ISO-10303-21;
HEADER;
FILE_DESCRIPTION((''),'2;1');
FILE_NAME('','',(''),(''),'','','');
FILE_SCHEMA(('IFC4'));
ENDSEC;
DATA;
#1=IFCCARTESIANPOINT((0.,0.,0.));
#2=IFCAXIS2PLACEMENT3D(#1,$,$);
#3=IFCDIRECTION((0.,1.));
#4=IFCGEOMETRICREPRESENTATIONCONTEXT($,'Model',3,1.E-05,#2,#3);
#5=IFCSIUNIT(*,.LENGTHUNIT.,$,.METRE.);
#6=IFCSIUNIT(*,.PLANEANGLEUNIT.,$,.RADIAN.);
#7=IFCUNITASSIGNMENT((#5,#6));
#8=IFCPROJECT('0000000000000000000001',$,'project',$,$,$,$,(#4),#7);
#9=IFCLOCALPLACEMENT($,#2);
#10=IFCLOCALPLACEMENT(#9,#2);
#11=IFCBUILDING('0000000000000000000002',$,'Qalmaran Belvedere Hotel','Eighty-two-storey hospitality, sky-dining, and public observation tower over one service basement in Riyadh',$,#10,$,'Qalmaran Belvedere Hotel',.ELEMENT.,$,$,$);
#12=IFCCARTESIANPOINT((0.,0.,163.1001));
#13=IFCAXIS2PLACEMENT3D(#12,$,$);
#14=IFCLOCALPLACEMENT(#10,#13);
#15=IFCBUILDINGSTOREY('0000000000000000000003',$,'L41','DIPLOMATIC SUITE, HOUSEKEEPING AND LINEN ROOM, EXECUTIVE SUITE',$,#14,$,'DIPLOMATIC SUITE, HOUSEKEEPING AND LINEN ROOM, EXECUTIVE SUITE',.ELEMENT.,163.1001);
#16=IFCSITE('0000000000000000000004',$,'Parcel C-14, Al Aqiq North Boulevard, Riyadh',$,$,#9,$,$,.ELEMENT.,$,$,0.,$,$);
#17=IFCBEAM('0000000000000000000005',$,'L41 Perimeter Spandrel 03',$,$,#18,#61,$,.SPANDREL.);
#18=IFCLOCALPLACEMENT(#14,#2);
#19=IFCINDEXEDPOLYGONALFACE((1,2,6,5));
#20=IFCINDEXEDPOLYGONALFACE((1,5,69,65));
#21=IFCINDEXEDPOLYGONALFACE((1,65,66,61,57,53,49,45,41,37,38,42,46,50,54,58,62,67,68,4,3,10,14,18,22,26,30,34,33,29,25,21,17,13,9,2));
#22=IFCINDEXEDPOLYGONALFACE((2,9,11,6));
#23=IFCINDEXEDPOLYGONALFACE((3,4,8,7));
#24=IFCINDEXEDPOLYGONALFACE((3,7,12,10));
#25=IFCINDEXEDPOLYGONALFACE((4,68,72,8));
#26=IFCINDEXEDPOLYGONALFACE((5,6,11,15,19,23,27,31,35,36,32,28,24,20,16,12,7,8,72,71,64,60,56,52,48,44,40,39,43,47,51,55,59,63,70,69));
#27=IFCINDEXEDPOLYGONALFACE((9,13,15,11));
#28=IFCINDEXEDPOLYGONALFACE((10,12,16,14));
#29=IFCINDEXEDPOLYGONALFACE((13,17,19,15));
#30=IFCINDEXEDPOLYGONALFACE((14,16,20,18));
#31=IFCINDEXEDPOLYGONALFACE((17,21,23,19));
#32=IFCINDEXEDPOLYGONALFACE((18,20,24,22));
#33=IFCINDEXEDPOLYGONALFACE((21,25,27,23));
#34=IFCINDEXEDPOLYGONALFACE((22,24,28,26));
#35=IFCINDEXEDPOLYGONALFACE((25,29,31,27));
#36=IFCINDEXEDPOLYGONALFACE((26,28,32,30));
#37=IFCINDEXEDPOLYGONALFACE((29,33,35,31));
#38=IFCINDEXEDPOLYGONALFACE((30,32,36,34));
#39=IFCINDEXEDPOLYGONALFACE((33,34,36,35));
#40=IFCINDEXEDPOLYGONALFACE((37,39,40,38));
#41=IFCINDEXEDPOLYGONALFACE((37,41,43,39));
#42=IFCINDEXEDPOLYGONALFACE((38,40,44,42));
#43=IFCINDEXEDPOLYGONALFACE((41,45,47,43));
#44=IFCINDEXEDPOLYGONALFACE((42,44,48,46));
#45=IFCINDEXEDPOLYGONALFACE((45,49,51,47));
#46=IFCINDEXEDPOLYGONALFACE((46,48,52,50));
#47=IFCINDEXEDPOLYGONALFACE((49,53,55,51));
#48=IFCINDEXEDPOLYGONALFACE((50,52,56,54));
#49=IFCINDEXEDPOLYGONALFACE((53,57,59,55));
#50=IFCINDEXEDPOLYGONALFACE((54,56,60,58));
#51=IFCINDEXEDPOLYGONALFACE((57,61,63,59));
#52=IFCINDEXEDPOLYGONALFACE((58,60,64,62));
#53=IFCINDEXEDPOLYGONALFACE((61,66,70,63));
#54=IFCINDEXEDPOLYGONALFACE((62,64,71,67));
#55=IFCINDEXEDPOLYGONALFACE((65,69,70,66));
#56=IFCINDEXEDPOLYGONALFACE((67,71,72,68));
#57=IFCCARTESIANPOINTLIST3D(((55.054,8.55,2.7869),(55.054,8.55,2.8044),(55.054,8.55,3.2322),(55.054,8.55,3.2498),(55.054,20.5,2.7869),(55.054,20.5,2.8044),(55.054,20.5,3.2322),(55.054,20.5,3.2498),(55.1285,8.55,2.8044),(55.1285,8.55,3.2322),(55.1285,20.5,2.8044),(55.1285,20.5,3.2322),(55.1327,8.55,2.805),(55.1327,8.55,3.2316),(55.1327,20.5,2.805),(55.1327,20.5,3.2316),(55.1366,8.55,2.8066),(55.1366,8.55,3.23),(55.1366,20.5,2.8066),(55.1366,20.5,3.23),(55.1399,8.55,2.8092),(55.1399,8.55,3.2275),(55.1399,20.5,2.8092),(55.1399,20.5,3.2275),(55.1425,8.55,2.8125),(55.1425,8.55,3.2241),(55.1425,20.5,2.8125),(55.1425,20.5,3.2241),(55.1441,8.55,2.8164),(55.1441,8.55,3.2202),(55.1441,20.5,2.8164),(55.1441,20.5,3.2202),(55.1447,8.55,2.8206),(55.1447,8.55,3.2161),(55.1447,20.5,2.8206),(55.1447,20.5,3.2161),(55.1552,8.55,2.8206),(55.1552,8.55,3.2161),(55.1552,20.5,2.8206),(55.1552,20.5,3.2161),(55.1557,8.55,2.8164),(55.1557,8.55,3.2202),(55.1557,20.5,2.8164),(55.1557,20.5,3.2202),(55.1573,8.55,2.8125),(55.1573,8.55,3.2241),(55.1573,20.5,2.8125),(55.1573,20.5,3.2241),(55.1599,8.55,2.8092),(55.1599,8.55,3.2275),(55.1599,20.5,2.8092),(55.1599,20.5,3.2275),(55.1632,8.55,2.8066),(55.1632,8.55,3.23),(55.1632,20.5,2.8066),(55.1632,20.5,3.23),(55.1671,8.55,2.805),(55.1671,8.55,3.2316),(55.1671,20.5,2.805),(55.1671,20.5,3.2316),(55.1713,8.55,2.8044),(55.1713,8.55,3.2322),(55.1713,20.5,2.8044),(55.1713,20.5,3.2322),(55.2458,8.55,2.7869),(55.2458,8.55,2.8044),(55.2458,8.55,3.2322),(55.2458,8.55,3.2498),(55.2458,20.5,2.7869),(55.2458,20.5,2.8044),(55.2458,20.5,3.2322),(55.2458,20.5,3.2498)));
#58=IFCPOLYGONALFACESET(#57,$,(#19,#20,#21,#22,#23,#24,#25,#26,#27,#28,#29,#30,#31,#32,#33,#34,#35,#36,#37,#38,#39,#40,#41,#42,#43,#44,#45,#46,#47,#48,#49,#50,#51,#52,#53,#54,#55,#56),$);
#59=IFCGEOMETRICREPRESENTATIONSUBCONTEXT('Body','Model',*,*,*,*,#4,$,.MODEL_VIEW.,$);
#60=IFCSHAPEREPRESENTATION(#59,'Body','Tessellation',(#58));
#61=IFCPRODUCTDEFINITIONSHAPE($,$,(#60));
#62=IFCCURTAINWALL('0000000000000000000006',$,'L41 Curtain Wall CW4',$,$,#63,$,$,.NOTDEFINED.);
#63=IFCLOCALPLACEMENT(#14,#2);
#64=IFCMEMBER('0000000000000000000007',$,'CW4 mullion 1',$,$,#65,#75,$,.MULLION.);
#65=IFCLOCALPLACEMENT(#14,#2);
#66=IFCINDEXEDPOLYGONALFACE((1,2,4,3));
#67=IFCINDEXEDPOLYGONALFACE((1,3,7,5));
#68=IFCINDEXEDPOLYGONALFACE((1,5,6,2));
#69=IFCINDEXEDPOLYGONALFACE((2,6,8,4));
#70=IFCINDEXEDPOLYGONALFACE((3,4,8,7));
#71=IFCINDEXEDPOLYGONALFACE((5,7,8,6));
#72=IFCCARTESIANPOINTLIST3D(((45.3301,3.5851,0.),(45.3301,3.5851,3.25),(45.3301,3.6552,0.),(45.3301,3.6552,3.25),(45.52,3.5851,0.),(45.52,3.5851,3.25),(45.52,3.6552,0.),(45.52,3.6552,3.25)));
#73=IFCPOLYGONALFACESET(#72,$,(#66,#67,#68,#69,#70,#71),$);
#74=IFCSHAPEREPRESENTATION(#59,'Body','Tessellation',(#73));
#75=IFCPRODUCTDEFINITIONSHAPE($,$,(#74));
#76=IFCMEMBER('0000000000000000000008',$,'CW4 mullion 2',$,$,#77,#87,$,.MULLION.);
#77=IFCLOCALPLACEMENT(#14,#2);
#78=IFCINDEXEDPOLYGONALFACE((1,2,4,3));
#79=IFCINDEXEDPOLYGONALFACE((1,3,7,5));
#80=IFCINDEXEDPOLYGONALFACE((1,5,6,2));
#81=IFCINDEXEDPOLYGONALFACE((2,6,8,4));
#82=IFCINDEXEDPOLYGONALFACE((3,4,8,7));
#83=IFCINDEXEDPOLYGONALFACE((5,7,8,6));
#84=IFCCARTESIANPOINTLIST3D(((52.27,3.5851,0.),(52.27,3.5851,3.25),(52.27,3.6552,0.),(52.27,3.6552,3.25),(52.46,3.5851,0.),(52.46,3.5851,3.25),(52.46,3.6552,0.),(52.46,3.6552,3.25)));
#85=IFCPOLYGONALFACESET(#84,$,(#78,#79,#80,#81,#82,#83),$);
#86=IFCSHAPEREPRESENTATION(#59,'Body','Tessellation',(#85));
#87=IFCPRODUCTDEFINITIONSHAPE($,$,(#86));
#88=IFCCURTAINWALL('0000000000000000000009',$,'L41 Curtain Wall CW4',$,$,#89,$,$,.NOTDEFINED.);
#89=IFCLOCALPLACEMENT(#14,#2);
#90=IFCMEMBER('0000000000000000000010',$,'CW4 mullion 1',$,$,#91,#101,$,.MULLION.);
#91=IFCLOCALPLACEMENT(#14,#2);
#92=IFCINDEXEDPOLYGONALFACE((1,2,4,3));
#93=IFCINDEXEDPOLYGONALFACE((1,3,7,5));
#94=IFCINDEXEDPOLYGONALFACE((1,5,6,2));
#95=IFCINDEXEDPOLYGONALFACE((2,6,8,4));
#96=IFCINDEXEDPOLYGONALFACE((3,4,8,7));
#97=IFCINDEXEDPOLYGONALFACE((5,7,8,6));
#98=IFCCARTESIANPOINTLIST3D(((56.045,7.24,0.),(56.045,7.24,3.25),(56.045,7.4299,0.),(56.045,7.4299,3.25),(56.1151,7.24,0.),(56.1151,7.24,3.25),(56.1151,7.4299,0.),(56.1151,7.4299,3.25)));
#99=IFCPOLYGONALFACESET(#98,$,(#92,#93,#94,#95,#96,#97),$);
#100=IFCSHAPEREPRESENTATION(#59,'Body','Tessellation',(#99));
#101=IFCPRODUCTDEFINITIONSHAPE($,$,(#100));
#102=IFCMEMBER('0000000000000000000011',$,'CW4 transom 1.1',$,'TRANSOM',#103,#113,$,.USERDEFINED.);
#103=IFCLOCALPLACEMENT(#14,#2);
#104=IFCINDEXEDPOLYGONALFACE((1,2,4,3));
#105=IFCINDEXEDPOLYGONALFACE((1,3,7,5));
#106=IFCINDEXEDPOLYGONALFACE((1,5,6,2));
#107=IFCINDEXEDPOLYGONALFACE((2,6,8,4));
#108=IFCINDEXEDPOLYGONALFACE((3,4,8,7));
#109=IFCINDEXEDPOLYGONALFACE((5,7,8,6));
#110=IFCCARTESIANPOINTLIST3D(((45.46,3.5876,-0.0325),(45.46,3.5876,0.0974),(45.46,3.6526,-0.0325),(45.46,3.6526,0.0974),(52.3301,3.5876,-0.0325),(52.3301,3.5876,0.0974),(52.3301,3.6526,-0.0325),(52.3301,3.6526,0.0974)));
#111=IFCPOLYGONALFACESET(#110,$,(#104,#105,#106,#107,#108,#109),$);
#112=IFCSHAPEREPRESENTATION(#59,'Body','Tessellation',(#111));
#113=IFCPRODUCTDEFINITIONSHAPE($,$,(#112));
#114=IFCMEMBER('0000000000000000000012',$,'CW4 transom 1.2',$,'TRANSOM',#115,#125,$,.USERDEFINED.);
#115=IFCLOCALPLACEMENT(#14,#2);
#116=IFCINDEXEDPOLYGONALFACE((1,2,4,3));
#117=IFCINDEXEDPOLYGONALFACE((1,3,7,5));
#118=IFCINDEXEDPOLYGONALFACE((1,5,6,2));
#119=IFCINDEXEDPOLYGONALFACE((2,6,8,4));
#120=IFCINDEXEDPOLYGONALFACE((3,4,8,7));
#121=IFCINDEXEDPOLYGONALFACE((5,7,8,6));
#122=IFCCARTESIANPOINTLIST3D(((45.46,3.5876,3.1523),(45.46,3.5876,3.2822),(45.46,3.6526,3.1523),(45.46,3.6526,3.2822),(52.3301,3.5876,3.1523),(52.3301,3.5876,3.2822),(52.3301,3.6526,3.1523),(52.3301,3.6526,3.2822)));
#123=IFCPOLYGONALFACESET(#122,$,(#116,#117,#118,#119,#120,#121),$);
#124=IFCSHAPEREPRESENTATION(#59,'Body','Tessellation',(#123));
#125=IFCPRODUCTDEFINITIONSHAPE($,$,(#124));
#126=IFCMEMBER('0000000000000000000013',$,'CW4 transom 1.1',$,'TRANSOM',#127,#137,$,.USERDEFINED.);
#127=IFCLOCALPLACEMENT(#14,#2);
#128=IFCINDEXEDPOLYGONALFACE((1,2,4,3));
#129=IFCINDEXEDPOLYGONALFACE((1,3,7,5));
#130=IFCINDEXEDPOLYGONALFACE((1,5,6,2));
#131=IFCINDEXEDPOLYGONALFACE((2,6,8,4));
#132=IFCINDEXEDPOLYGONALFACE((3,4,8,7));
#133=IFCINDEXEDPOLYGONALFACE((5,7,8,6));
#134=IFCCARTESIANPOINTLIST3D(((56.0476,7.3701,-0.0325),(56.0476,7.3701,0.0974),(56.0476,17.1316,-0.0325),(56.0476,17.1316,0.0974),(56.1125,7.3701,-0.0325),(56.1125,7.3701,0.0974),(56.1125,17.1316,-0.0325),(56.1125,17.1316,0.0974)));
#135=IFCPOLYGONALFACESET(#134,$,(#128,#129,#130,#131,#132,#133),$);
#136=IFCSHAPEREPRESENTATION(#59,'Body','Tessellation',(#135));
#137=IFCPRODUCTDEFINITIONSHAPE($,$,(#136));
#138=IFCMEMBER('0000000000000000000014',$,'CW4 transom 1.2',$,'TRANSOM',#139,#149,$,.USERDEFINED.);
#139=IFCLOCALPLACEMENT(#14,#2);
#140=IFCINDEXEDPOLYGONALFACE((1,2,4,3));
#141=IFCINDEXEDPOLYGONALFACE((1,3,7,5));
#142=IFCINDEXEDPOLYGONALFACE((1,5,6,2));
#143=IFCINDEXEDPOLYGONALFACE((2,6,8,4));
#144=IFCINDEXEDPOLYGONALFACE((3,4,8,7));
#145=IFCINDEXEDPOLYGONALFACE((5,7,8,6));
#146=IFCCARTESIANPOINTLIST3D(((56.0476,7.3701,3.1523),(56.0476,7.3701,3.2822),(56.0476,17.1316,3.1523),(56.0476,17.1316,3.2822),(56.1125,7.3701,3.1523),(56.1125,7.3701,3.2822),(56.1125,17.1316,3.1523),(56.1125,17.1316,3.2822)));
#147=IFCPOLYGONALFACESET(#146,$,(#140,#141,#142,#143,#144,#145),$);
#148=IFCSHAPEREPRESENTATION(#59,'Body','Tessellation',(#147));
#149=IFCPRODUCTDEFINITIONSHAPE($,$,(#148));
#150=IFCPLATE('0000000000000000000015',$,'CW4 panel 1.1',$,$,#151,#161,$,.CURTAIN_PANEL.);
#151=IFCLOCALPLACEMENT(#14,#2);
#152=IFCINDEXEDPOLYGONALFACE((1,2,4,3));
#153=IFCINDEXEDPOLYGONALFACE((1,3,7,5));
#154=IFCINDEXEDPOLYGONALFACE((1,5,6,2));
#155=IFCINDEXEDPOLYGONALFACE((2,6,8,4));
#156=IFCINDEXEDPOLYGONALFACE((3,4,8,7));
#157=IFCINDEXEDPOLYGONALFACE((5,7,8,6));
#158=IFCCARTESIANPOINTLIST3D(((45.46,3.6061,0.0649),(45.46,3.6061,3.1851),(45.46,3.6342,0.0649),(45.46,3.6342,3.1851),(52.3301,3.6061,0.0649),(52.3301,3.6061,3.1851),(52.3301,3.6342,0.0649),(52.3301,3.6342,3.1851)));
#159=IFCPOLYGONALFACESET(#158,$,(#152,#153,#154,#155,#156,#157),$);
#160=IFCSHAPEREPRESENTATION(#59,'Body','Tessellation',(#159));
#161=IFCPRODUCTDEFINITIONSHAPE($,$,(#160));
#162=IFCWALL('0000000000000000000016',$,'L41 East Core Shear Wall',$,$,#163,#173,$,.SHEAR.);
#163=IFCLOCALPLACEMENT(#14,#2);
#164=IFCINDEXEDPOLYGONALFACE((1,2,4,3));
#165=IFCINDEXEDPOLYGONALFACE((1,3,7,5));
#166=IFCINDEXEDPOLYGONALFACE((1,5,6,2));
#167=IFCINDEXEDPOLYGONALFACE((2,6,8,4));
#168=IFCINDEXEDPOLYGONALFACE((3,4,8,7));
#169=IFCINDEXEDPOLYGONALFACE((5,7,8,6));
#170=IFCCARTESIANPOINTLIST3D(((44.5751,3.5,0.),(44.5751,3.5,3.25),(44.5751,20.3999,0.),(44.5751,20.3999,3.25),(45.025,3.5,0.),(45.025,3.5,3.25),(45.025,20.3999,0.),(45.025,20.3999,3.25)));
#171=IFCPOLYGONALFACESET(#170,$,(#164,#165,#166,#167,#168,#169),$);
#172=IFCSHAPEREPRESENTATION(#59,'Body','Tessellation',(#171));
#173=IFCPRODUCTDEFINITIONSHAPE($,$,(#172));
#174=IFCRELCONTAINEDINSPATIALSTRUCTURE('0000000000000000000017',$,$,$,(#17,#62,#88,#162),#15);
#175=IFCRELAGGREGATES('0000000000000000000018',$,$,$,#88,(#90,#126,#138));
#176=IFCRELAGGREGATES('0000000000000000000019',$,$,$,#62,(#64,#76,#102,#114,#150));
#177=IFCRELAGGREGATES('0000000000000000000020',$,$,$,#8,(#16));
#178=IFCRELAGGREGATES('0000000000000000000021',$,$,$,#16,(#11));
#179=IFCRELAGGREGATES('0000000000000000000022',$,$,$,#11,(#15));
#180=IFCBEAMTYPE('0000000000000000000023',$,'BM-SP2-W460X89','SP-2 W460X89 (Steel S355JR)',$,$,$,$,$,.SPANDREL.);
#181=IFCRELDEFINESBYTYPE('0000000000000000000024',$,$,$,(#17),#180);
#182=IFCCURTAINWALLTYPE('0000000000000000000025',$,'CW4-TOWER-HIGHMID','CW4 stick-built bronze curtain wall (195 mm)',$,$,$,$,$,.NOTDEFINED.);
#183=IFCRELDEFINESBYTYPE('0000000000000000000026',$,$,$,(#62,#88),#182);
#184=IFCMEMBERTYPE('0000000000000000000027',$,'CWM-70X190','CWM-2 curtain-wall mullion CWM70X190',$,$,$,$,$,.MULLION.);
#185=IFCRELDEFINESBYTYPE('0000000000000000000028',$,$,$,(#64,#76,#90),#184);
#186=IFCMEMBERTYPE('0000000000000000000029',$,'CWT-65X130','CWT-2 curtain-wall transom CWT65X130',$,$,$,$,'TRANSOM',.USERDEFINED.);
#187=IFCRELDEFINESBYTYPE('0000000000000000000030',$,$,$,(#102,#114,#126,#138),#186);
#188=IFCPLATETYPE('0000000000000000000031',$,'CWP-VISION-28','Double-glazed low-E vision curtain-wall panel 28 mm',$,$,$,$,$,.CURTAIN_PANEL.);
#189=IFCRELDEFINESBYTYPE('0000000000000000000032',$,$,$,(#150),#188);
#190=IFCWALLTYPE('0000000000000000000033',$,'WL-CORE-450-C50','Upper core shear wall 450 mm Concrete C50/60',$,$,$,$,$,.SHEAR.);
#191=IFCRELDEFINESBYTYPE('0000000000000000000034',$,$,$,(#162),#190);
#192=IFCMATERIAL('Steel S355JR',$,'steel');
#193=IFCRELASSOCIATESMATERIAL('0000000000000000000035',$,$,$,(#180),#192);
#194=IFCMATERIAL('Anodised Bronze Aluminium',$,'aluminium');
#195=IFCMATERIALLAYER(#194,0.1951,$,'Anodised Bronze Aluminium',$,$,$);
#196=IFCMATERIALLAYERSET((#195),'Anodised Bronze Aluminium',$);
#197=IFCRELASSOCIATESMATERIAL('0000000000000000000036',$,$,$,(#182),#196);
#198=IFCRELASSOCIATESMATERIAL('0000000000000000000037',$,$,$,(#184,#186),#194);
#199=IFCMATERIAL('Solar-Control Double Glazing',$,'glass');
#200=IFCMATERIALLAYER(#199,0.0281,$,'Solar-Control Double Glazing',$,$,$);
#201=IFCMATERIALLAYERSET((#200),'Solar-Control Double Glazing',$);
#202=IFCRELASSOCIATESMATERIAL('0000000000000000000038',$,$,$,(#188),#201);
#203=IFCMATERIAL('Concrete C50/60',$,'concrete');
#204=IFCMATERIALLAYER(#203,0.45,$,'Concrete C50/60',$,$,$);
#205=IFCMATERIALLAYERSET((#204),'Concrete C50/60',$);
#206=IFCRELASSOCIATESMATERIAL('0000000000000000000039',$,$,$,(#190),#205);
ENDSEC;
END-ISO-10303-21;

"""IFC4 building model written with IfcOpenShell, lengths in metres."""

from ifc_helpers import new_model, si_unit, direction, frame, frame_2d, origin, origin_2d, place, context, subcontext, project, spatial, rectangle, i_section, extrude, material, layer, layer_set, material_profile, profile_set, type_object, element, aggregate, save


model = new_model("IFC4")

# Units and contexts
model_context = context("Model", 3, precision=1e-05, world=origin(), true_north=direction((0.0, 1.0)))
body_context = subcontext(model_context, "Body", "Model", "MODEL_VIEW")
ifc_project = project(units=[si_unit("LENGTHUNIT", "METRE"), si_unit("PLANEANGLEUNIT", "RADIAN")], contexts=[model_context])

# Site, building, storey
site_placement = place(None, origin())
site = spatial("IfcSite", under=ifc_project, at=site_placement, Name="Parcel C-14, Al Aqiq North Boulevard, Riyadh", CompositionType="ELEMENT", RefElevation=0.0)
building_placement = place(site_placement, origin())
building = spatial("IfcBuilding", under=site, at=building_placement, Name="Qalmaran Belvedere Hotel", Description="Eighty-two-storey hospitality, sky-dining, and public observation tower over one service basement in Riyadh", LongName="Qalmaran Belvedere Hotel", CompositionType="ELEMENT")
storey_placement = place(building_placement, frame((0.0, 0.0, 163.1001)))
storey = spatial("IfcBuildingStorey", under=building, at=storey_placement, Name="L41", Description="DIPLOMATIC SUITE, HOUSEKEEPING AND LINEN ROOM, EXECUTIVE SUITE", LongName="DIPLOMATIC SUITE, HOUSEKEEPING AND LINEN ROOM, EXECUTIVE SUITE", CompositionType="ELEMENT", Elevation=163.1001)

# Shared definitions
ifc_material_1 = material(Name="Concrete C50/60", Category="concrete")

# Beam
ifc_material_2 = material(Name="Steel S355JR", Category="steel")
ifc_material_profile_1 = material_profile(ifc_material_2, i_section(OverallWidth=0.1919, OverallDepth=0.4629, WebThickness=0.0105, FlangeThickness=0.0176, FilletRadius=0.0161, at=origin_2d()), Name="W460X89")
ifc_profile_set_1 = profile_set([ifc_material_profile_1], Name="Steel S355JR")
beam_type_1 = type_object("IfcBeamType", Name="BM-SP2-W460X89", Description="SP-2 W460X89 (Steel S355JR)", PredefinedType="SPANDREL", material=ifc_profile_set_1)
beam_1_placement = place(storey_placement, frame((55.1499, 8.55, 3.0183), z_axis=(0.0, 1.0, 0.0), x_axis=(-1.0, 0.0, 0.0)))
element("IfcBeam", 1, at=beam_1_placement, inside=storey, type_object=beam_type_1, Name="L41 Perimeter Spandrel 03", PredefinedType="SPANDREL", context=body_context, shape_type="SweptSolid", body=[
    extrude(i_section(OverallWidth=0.1919, OverallDepth=0.4629, WebThickness=0.0105, FlangeThickness=0.0176, FilletRadius=0.0161, at=origin_2d()), origin(), (0.0, 0.0, 1.0), 11.95),
])

# Curtain wall, members
ifc_material_3 = material(Name="Anodised Bronze Aluminium", Category="aluminium")
ifc_layer_1 = layer(ifc_material_3, 0.1951, Name="Anodised Bronze Aluminium")
ifc_layer_set_1 = layer_set([ifc_layer_1], Name="Anodised Bronze Aluminium")
curtain_wall_type = type_object("IfcCurtainWallType", Name="CW4-TOWER-HIGHMID", Description="CW4 stick-built bronze curtain wall (195 mm)", PredefinedType="NOTDEFINED", material=ifc_layer_set_1)
curtain_wall_1_placement = place(storey_placement, origin())
curtain_wall_1 = element("IfcCurtainWall", 2, at=curtain_wall_1_placement, inside=storey, type_object=curtain_wall_type, Name="L41 Curtain Wall CW4", PredefinedType="NOTDEFINED")
ifc_material_profile_2 = material_profile(ifc_material_3, rectangle(XDim=0.0701, YDim=0.1899, at=origin_2d()), Name="CWM70X190")
ifc_profile_set_2 = profile_set([ifc_material_profile_2], Name="Anodised Bronze Aluminium")
member_type_1 = type_object("IfcMemberType", Name="CWM-70X190", Description="CWM-2 curtain-wall mullion CWM70X190", PredefinedType="MULLION", material=ifc_profile_set_2)
member_1_placement = place(storey_placement, frame((45.425, 3.6201, 0.0), z_axis=(0.0, 0.0, 1.0), x_axis=(0.0, 1.0, 0.0)))
member_1 = element("IfcMember", 3, at=member_1_placement, type_object=member_type_1, Name="CW4 mullion 1", PredefinedType="MULLION", context=body_context, shape_type="SweptSolid", body=[
    extrude(rectangle(XDim=0.0701, YDim=0.1899, at=origin_2d()), origin(), (0.0, 0.0, 1.0), 3.25),
])
member_2_placement = place(storey_placement, frame((52.365, 3.6201, 0.0), z_axis=(0.0, 0.0, 1.0), x_axis=(0.0, 1.0, 0.0)))
member_2 = element("IfcMember", 4, at=member_2_placement, type_object=member_type_1, Name="CW4 mullion 2", PredefinedType="MULLION", context=body_context, shape_type="SweptSolid", body=[
    extrude(rectangle(XDim=0.0701, YDim=0.1899, at=origin_2d()), origin(), (0.0, 0.0, 1.0), 3.25),
])

# Curtain wall, member
curtain_wall_2_placement = place(storey_placement, origin())
curtain_wall_2 = element("IfcCurtainWall", 5, at=curtain_wall_2_placement, inside=storey, type_object=curtain_wall_type, Name="L41 Curtain Wall CW4", PredefinedType="NOTDEFINED")
member_3_placement = place(storey_placement, frame((56.0801, 7.335, 0.0), z_axis=(0.0, 0.0, 1.0), x_axis=(-1.0, 0.0, 0.0)))
member_3 = element("IfcMember", 6, at=member_3_placement, type_object=member_type_1, Name="CW4 mullion 1", PredefinedType="MULLION", context=body_context, shape_type="SweptSolid", body=[
    extrude(rectangle(XDim=0.0701, YDim=0.1899, at=origin_2d()), origin(), (0.0, 0.0, 1.0), 3.25),
])

# Members
ifc_material_profile_3 = material_profile(ifc_material_3, rectangle(XDim=0.0649, YDim=0.1299, at=origin_2d()), Name="CWT65X130")
ifc_profile_set_3 = profile_set([ifc_material_profile_3], Name="Anodised Bronze Aluminium")
member_type_2 = type_object("IfcMemberType", Name="CWT-65X130", Description="CWT-2 curtain-wall transom CWT65X130", ElementType="TRANSOM", PredefinedType="USERDEFINED", material=ifc_profile_set_3)
member_4_placement = place(storey_placement, frame((45.46, 3.6201, 0.0325), z_axis=(1.0, 0.0, 0.0), x_axis=(0.0, 1.0, 0.0)))
member_4 = element("IfcMember", 7, at=member_4_placement, type_object=member_type_2, Name="CW4 transom 1.1", ObjectType="TRANSOM", PredefinedType="USERDEFINED", context=body_context, shape_type="SweptSolid", body=[
    extrude(rectangle(XDim=0.0649, YDim=0.1299, at=origin_2d()), origin(), (0.0, 0.0, 1.0), 6.8701),
])
member_5_placement = place(storey_placement, frame((45.46, 3.6201, 3.2173), z_axis=(1.0, 0.0, 0.0), x_axis=(0.0, 1.0, 0.0)))
member_5 = element("IfcMember", 8, at=member_5_placement, type_object=member_type_2, Name="CW4 transom 1.2", ObjectType="TRANSOM", PredefinedType="USERDEFINED", context=body_context, shape_type="SweptSolid", body=[
    extrude(rectangle(XDim=0.0649, YDim=0.1299, at=origin_2d()), origin(), (0.0, 0.0, 1.0), 6.8701),
])
member_6_placement = place(storey_placement, frame((56.0801, 7.3701, 0.0325), z_axis=(0.0, 1.0, 0.0), x_axis=(-1.0, 0.0, 0.0)))
member_6 = element("IfcMember", 9, at=member_6_placement, type_object=member_type_2, Name="CW4 transom 1.1", ObjectType="TRANSOM", PredefinedType="USERDEFINED", context=body_context, shape_type="SweptSolid", body=[
    extrude(rectangle(XDim=0.0649, YDim=0.1299, at=origin_2d()), origin(), (0.0, 0.0, 1.0), 9.7615),
])
member_7_placement = place(storey_placement, frame((56.0801, 7.3701, 3.2173), z_axis=(0.0, 1.0, 0.0), x_axis=(-1.0, 0.0, 0.0)))
member_7 = element("IfcMember", 10, at=member_7_placement, type_object=member_type_2, Name="CW4 transom 1.2", ObjectType="TRANSOM", PredefinedType="USERDEFINED", context=body_context, shape_type="SweptSolid", body=[
    extrude(rectangle(XDim=0.0649, YDim=0.1299, at=origin_2d()), origin(), (0.0, 0.0, 1.0), 9.7615),
])
aggregate(curtain_wall_2, [member_3, member_6, member_7])

# Plate
ifc_material_4 = material(Name="Solar-Control Double Glazing", Category="glass")
ifc_layer_2 = layer(ifc_material_4, 0.0281, Name="Solar-Control Double Glazing")
ifc_layer_set_2 = layer_set([ifc_layer_2], Name="Solar-Control Double Glazing")
plate_type = type_object("IfcPlateType", Name="CWP-VISION-28", Description="Double-glazed low-E vision curtain-wall panel 28 mm", PredefinedType="CURTAIN_PANEL", material=ifc_layer_set_2)
plate_placement = place(storey_placement, frame((48.895, 3.6201, 0.0649), z_axis=(0.0, 0.0, 1.0), x_axis=(1.0, 0.0, 0.0)))
plate = element("IfcPlate", 11, at=plate_placement, type_object=plate_type, Name="CW4 panel 1.1", PredefinedType="CURTAIN_PANEL", context=body_context, shape_type="SweptSolid", body=[
    extrude(rectangle(XDim=6.8701, YDim=0.0281, at=origin_2d()), origin(), (0.0, 0.0, 1.0), 3.1201),
])
aggregate(curtain_wall_1, [member_1, member_2, member_4, member_5, plate])

# Wall
ifc_layer_3 = layer(ifc_material_1, 0.45, Name="Concrete C50/60")
ifc_layer_set_3 = layer_set([ifc_layer_3], Name="Concrete C50/60")
wall_type_1 = type_object("IfcWallType", Name="WL-CORE-450-C50", Description="Upper core shear wall 450 mm Concrete C50/60", PredefinedType="SHEAR", material=ifc_layer_set_3)
wall_1_placement = place(storey_placement, frame((44.8, 3.5, 0.0), z_axis=(0.0, 0.0, 1.0), x_axis=(0.0, 1.0, 0.0)))
element("IfcWall", 12, at=wall_1_placement, inside=storey, type_object=wall_type_1, Name="L41 East Core Shear Wall", PredefinedType="SHEAR", context=body_context, shape_type="SweptSolid", body=[
    extrude(rectangle(XDim=16.8999, YDim=0.45, at=frame_2d((8.45, 0.0))), origin(), (0.0, 0.0, 1.0), 3.25),
])

save(model, "model.ifc")
